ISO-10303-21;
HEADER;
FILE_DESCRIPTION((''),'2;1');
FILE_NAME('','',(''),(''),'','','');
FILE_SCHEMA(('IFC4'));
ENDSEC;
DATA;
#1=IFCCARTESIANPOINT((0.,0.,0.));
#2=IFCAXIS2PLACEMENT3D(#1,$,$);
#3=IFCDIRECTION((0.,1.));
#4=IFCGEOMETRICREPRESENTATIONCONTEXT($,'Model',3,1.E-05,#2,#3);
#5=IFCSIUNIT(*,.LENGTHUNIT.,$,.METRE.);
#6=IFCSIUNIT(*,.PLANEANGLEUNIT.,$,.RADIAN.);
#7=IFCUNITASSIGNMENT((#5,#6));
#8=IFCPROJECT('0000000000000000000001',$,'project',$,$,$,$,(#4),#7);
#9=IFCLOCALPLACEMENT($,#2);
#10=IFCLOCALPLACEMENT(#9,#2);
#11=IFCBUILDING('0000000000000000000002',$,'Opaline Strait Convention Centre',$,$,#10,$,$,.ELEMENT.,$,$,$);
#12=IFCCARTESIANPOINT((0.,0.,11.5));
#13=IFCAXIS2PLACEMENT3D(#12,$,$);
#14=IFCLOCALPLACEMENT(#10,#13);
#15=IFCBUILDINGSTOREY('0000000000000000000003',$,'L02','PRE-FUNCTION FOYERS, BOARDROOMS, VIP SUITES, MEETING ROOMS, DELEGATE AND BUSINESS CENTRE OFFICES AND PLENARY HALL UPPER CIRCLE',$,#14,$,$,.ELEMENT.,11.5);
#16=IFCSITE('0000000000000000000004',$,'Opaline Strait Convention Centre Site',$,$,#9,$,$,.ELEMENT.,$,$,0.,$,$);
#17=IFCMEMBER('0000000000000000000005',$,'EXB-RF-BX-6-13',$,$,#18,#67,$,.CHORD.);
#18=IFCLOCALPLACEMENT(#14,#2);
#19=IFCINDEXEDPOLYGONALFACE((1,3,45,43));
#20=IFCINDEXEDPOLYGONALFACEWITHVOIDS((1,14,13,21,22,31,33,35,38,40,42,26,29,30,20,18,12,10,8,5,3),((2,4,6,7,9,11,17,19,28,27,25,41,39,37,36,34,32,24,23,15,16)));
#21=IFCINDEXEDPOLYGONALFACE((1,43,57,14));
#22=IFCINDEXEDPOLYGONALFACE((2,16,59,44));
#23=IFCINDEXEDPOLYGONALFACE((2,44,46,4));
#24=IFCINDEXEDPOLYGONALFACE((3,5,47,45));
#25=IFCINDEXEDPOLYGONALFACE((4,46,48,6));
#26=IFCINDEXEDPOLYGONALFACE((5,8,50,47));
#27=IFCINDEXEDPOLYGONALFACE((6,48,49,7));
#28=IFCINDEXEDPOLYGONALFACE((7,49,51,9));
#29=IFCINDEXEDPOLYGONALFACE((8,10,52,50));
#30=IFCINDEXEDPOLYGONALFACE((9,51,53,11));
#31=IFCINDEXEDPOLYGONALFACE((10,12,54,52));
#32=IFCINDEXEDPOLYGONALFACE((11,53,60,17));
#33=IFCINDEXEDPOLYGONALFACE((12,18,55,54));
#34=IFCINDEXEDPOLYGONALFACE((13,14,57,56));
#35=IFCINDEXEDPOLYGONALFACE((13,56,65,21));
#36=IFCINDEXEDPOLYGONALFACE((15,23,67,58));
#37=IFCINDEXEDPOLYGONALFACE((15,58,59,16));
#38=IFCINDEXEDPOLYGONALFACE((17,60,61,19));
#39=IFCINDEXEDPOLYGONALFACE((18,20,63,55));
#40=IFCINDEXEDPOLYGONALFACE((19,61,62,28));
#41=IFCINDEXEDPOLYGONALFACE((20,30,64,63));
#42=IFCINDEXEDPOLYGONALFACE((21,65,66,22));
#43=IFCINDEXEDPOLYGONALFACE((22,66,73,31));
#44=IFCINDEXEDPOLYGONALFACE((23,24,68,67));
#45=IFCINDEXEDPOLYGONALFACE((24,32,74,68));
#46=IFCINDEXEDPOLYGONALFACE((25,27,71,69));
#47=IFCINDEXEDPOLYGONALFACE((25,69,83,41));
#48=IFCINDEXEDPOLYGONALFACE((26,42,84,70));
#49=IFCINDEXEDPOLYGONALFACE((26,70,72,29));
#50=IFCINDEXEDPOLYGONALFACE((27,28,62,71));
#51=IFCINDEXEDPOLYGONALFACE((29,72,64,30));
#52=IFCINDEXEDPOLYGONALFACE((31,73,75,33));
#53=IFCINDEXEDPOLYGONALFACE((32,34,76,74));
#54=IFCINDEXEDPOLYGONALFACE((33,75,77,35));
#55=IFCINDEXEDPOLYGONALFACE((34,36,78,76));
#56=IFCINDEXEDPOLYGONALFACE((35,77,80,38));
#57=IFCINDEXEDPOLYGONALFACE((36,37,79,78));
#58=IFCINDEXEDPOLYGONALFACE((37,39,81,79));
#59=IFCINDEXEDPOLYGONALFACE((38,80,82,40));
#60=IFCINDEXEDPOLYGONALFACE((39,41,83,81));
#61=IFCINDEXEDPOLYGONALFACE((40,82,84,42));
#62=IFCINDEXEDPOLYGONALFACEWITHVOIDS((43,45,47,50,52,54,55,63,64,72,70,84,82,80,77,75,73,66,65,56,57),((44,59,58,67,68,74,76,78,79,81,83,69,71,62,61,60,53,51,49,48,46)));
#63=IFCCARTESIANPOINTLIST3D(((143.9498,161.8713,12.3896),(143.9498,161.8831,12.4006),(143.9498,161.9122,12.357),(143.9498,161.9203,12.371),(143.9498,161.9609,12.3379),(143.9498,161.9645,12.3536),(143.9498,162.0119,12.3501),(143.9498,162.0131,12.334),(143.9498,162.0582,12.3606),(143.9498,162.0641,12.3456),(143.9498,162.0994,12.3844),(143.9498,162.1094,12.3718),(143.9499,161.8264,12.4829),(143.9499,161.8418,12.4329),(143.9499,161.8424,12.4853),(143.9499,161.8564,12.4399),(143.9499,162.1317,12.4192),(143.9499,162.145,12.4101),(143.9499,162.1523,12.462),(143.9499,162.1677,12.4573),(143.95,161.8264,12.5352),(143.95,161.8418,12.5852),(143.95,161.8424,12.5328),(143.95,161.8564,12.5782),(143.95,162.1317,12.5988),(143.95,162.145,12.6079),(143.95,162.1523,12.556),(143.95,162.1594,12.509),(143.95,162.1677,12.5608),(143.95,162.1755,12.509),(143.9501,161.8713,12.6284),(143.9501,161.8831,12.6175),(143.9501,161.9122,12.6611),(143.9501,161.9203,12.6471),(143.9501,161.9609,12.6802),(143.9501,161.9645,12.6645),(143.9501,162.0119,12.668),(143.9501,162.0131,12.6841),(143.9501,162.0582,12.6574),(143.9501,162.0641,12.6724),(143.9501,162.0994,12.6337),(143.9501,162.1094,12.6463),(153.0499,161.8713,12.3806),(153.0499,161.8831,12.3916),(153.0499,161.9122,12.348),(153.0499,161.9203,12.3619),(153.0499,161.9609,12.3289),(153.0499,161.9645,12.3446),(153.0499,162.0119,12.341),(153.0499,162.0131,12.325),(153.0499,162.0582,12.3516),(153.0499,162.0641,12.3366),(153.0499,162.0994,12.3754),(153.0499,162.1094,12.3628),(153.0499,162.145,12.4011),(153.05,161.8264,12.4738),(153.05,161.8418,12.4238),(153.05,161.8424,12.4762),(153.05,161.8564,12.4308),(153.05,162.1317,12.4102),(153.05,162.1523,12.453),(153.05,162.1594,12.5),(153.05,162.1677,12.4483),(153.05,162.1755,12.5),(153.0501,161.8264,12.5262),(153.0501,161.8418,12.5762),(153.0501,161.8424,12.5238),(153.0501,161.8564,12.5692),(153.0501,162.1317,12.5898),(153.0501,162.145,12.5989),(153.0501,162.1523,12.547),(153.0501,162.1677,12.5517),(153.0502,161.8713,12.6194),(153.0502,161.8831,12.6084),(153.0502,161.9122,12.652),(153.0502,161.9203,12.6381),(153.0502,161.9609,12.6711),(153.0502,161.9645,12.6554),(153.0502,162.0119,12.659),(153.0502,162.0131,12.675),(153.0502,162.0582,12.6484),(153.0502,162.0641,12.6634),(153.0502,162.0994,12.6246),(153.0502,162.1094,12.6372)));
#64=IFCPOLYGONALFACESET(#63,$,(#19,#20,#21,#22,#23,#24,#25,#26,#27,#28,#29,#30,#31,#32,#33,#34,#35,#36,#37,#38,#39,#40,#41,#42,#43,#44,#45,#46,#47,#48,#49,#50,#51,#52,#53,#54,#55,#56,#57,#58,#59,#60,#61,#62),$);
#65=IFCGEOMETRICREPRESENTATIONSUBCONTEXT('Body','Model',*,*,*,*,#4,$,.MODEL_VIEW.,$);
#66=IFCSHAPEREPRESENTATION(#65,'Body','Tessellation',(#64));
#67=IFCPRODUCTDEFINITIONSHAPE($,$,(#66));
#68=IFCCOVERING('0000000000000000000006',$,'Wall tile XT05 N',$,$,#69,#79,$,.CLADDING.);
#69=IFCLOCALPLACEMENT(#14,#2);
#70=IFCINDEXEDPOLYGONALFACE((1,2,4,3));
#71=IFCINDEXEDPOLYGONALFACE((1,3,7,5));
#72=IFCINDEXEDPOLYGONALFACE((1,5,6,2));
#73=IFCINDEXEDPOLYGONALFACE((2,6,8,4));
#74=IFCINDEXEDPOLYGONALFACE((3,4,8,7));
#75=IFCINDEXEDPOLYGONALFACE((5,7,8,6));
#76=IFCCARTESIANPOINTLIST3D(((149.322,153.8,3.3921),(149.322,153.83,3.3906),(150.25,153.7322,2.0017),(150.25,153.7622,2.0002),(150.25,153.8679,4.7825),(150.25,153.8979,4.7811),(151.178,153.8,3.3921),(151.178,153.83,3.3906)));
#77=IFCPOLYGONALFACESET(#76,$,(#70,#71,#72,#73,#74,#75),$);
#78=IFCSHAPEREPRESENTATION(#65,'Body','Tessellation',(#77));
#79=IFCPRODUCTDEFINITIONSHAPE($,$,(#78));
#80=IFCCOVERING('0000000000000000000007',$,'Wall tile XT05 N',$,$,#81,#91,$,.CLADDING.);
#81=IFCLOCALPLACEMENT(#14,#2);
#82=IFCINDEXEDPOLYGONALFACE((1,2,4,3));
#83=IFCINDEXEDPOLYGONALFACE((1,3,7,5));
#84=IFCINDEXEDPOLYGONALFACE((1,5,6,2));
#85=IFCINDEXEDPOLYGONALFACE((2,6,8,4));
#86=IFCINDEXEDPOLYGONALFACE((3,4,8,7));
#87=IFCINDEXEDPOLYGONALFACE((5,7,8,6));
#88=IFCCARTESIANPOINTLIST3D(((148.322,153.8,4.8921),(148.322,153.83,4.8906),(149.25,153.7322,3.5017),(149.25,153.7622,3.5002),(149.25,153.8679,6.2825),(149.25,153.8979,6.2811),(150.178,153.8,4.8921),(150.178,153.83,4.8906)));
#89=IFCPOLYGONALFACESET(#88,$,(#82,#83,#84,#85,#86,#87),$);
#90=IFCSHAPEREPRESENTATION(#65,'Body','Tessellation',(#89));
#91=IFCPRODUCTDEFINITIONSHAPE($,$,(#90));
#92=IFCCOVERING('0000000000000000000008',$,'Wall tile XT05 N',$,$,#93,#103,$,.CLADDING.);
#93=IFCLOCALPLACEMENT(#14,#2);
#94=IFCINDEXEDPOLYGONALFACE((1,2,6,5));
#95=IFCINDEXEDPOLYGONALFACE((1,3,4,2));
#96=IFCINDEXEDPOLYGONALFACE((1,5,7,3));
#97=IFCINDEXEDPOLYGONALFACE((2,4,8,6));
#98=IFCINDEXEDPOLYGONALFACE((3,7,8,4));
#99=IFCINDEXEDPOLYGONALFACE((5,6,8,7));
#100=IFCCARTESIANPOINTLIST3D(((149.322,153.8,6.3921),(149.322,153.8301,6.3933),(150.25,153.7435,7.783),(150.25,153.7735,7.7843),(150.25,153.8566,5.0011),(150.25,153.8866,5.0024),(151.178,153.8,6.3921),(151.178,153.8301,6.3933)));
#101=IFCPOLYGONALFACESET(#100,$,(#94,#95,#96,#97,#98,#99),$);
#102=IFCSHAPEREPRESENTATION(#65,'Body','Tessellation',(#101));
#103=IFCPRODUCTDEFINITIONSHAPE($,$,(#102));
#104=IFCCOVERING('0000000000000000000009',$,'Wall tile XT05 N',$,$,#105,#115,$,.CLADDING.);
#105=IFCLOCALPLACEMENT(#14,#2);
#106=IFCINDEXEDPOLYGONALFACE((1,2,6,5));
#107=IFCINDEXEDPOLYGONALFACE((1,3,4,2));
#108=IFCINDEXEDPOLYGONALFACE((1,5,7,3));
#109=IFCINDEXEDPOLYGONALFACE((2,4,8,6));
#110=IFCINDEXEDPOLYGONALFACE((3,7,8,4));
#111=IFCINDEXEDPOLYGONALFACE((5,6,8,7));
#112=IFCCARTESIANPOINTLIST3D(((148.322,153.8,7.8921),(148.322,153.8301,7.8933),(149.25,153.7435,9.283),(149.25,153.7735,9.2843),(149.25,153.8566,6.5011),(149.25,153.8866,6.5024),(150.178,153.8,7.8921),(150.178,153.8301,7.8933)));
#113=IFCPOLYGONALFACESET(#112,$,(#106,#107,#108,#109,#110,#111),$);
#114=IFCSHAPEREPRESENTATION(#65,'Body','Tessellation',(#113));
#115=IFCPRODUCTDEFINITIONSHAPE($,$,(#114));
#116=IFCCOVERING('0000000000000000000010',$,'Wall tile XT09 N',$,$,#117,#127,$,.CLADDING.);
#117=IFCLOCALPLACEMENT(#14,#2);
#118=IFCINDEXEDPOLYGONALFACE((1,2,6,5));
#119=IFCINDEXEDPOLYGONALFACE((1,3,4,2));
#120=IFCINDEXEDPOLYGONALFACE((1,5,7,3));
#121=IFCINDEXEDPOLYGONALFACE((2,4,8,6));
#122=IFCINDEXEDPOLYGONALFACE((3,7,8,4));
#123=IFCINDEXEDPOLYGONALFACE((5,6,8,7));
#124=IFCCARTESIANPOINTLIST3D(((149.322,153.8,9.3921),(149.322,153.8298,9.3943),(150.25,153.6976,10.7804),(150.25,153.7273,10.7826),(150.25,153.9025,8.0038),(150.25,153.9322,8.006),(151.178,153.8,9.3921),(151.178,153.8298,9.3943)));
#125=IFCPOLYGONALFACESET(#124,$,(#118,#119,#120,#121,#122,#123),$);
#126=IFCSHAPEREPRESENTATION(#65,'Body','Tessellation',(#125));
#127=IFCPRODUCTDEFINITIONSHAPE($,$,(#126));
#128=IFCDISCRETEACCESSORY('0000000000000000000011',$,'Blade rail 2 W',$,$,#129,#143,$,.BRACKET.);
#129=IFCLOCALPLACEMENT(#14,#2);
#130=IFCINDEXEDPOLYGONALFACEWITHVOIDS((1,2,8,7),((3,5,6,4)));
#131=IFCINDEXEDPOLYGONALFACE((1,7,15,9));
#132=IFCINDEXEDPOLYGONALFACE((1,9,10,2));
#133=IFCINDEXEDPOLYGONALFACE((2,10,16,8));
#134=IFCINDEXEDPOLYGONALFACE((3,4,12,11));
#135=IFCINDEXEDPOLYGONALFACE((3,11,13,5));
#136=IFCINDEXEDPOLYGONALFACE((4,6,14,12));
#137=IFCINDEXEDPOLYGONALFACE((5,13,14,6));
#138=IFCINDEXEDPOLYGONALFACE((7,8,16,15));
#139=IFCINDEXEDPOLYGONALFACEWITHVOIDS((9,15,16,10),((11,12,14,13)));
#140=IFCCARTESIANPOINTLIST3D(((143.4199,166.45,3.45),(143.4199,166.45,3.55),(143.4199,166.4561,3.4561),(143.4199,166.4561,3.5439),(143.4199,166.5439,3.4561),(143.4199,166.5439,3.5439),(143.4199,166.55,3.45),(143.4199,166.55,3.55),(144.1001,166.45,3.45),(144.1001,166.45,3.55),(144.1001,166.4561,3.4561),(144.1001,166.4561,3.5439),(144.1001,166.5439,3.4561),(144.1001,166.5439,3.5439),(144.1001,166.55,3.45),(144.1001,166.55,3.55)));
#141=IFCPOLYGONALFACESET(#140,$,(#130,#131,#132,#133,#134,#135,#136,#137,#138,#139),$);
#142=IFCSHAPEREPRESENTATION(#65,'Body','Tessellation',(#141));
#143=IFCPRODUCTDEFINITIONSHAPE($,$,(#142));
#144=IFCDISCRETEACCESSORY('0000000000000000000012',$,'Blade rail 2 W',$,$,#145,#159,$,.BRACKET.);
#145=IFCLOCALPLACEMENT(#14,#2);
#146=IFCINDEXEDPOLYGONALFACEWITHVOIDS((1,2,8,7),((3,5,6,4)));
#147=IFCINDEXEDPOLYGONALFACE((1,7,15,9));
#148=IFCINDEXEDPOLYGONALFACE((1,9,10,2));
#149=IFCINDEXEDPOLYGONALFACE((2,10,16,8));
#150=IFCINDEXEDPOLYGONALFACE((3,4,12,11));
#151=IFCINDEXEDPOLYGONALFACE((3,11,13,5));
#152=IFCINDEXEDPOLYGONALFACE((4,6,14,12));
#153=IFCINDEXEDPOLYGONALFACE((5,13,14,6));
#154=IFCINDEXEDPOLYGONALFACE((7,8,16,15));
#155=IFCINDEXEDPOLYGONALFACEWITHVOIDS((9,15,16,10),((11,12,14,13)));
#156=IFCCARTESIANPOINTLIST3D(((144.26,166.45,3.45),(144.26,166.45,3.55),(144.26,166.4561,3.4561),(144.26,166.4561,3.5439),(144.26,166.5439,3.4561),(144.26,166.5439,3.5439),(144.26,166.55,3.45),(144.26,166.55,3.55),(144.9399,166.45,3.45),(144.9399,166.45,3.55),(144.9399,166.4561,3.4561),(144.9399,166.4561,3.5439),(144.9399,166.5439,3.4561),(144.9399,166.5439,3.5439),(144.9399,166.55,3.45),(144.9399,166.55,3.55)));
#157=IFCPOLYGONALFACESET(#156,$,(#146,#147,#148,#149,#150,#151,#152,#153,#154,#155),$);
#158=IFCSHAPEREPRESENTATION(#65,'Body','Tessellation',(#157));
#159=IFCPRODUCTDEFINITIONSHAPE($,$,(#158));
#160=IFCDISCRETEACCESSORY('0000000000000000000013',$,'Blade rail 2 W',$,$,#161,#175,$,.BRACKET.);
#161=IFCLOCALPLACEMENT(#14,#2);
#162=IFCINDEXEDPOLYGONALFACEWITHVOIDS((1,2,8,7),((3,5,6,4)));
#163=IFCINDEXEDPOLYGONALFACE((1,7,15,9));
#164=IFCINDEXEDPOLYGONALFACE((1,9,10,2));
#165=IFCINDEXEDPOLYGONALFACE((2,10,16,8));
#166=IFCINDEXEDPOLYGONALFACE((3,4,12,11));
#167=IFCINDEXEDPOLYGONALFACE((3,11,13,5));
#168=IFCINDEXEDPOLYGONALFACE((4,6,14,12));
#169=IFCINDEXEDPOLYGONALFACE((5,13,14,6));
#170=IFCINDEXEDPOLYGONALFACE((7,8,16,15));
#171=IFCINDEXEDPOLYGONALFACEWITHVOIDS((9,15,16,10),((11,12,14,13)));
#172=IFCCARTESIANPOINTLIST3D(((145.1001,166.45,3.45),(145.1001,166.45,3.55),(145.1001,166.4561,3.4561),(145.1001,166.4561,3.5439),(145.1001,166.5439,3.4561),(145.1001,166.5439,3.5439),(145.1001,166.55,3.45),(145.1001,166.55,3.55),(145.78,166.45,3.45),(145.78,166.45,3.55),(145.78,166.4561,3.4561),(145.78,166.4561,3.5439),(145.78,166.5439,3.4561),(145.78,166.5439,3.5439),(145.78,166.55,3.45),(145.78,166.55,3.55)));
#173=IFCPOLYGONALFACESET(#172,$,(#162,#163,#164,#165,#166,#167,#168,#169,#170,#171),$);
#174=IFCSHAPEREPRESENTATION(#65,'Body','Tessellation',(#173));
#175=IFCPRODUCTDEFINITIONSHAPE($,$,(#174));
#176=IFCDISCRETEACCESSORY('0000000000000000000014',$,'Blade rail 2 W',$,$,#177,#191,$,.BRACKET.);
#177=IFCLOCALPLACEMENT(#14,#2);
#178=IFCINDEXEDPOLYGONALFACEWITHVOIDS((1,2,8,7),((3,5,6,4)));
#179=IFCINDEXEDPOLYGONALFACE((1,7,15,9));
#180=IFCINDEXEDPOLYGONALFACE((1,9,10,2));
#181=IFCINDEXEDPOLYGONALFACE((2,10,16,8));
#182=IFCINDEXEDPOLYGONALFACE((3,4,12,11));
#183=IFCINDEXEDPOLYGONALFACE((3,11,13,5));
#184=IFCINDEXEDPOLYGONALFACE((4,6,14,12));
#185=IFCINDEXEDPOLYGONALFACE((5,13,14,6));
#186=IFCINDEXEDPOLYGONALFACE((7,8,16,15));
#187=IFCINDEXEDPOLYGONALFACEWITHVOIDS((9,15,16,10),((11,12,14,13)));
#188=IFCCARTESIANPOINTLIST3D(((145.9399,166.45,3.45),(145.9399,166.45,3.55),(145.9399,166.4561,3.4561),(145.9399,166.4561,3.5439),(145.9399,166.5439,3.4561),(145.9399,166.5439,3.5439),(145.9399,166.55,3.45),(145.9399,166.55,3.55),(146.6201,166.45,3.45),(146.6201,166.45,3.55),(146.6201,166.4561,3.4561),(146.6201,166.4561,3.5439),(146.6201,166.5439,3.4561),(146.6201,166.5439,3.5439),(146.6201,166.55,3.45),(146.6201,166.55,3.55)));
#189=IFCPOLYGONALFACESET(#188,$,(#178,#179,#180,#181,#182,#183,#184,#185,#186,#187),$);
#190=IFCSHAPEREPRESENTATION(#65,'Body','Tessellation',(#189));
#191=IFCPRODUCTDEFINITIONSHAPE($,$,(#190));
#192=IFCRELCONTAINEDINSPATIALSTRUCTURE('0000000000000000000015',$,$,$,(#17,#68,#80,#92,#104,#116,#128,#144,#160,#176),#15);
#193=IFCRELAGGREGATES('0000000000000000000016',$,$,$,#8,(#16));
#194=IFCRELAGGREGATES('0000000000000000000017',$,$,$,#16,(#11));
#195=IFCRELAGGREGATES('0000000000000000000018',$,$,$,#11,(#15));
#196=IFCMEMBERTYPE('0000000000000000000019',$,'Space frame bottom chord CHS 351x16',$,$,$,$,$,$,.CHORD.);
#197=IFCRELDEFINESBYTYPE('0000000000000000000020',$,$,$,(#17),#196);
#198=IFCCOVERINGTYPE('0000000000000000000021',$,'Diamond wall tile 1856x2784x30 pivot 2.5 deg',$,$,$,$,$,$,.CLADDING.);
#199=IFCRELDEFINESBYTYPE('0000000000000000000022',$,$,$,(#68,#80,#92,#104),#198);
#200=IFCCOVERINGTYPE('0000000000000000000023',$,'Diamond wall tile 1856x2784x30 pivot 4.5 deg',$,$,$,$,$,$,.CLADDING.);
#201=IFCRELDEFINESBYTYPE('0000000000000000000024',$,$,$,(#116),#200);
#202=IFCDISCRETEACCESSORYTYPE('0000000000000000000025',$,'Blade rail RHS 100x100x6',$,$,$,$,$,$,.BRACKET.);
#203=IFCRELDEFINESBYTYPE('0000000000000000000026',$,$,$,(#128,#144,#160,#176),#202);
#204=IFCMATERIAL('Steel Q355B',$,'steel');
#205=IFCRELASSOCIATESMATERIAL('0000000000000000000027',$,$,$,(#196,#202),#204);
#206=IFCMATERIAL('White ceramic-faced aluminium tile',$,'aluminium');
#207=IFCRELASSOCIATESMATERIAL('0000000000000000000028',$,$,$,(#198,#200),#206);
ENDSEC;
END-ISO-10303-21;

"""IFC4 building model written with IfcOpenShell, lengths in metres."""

from ifc_helpers import new_model, si_unit, direction, frame, origin, origin_2d, place, context, subcontext, project, spatial, polyline, hollow_rectangle, hollow_circle, outline, extrude, material, material_profile, profile_set, type_object, element, save


model = new_model("IFC4")

# Units and contexts
model_context = context("Model", 3, precision=1e-05, world=origin(), true_north=direction((0.0, 1.0)))
body_context = subcontext(model_context, "Body", "Model", "MODEL_VIEW")
ifc_project = project(units=[si_unit("LENGTHUNIT", "METRE"), si_unit("PLANEANGLEUNIT", "RADIAN")], contexts=[model_context])

# Site, building, storey
site_placement = place(None, origin())
site = spatial("IfcSite", under=ifc_project, at=site_placement, Name="Opaline Strait Convention Centre Site", CompositionType="ELEMENT", RefElevation=0.0)
building_placement = place(site_placement, origin())
building = spatial("IfcBuilding", under=site, at=building_placement, Name="Opaline Strait Convention Centre", CompositionType="ELEMENT")
storey_placement = place(building_placement, frame((0.0, 0.0, 11.5)))
storey = spatial("IfcBuildingStorey", under=building, at=storey_placement, Name="L02", Description="PRE-FUNCTION FOYERS, BOARDROOMS, VIP SUITES, MEETING ROOMS, DELEGATE AND BUSINESS CENTRE OFFICES AND PLENARY HALL UPPER CIRCLE", CompositionType="ELEMENT", Elevation=11.5)

# Member
ifc_material_1 = material(Name="Steel Q355B", Category="steel")
ifc_material_profile_1 = material_profile(ifc_material_1, hollow_circle(Radius=0.1755, WallThickness=0.0161, at=origin_2d()), Name="CHS 351x16")
ifc_profile_set_1 = profile_set([ifc_material_profile_1], Name="Steel Q355B")
member_type = type_object("IfcMemberType", Name="Space frame bottom chord CHS 351x16", PredefinedType="CHORD", material=ifc_profile_set_1)
member_placement = place(storey_placement, frame((143.95, 162.0, 12.509), z_axis=(1.0, 0.0, -0.000993), x_axis=(0.0, 1.0, 0.0)))
element("IfcMember", 1, at=member_placement, inside=storey, type_object=member_type, Name="EXB-RF-BX-6-13", PredefinedType="CHORD", context=body_context, shape_type="SweptSolid", body=[
    extrude(hollow_circle(Radius=0.1755, WallThickness=0.0161, at=origin_2d()), origin(), (0.0, 0.0, 1.0), 9.1001),
])

# Coverings
ifc_material_2 = material(Name="White ceramic-faced aluminium tile", Category="aluminium")
ifc_material_profile_2 = material_profile(ifc_material_2, outline(polyline([(0.928, 0.0), (0.0, 1.3921), (-0.928, 0.0), (0.0, -1.3921), (0.928, 0.0)])), Name="Diamond tile 1856x2784")
ifc_profile_set_2 = profile_set([ifc_material_profile_2], Name="White ceramic-faced aluminium tile")
covering_type_1 = type_object("IfcCoveringType", Name="Diamond wall tile 1856x2784x30 pivot 2.5 deg", PredefinedType="CLADDING", material=ifc_profile_set_2)
for number, where, z_axis, x_axis, name in (
    (2, (150.25, 153.8, 3.3921), (0.0, 0.998812, -0.048723), (-1.0, 0.0, 0.0), "Wall tile XT05 N"),
    (3, (149.25, 153.8, 4.8921), (0.0, 0.998812, -0.048723), (-1.0, 0.0, 0.0), "Wall tile XT05 N"),
    (4, (150.25, 153.8, 6.3921), (0.0, 0.999175, 0.040617), (-1.0, 0.0, 0.0), "Wall tile XT05 N"),
    (5, (149.25, 153.8, 7.8921), (0.0, 0.999175, 0.040617), (-1.0, 0.0, 0.0), "Wall tile XT05 N"),
):
    element("IfcCovering", number, at=place(storey_placement, frame(where, z_axis=z_axis, x_axis=x_axis)), inside=storey, type_object=covering_type_1, Name=name, PredefinedType="CLADDING", context=body_context, shape_type="SweptSolid", body=[
        extrude(outline(polyline([(0.928, 0.0), (0.0, 1.3921), (-0.928, 0.0), (0.0, -1.3921), (0.928, 0.0)])), origin(), (0.0, 0.0, 1.0), 0.03),
    ])
ifc_material_profile_3 = material_profile(ifc_material_2, outline(polyline([(0.928, 0.0), (0.0, 1.3921), (-0.928, 0.0), (0.0, -1.3921), (0.928, 0.0)])), Name="Diamond tile 1856x2784")
ifc_profile_set_3 = profile_set([ifc_material_profile_3], Name="White ceramic-faced aluminium tile")
covering_type_2 = type_object("IfcCoveringType", Name="Diamond wall tile 1856x2784x30 pivot 4.5 deg", PredefinedType="CLADDING", material=ifc_profile_set_3)
covering_placement = place(storey_placement, frame((150.25, 153.8, 9.3921), z_axis=(0.0, 0.99729, 0.073571), x_axis=(-1.0, 0.0, 0.0)))
element("IfcCovering", 6, at=covering_placement, inside=storey, type_object=covering_type_2, Name="Wall tile XT09 N", PredefinedType="CLADDING", context=body_context, shape_type="SweptSolid", body=[
    extrude(outline(polyline([(0.928, 0.0), (0.0, 1.3921), (-0.928, 0.0), (0.0, -1.3921), (0.928, 0.0)])), origin(), (0.0, 0.0, 1.0), 0.0298),
])

# Discrete accessories
ifc_material_profile_4 = material_profile(ifc_material_1, hollow_rectangle(XDim=0.1001, YDim=0.1001, WallThickness=0.0061, at=origin_2d()), Name="RHS 100x100x6")
ifc_profile_set_4 = profile_set([ifc_material_profile_4], Name="Steel Q355B")
discrete_accessory_type = type_object("IfcDiscreteAccessoryType", Name="Blade rail RHS 100x100x6", PredefinedType="BRACKET", material=ifc_profile_set_4)
discrete_accessory_1_placement = place(storey_placement, frame((143.4199, 166.5, 3.5), z_axis=(1.0, 0.0, 0.0), x_axis=(0.0, 1.0, 0.0)))
element("IfcDiscreteAccessory", 7, at=discrete_accessory_1_placement, inside=storey, type_object=discrete_accessory_type, Name="Blade rail 2 W", PredefinedType="BRACKET", context=body_context, shape_type="SweptSolid", body=[
    extrude(hollow_rectangle(XDim=0.1001, YDim=0.1001, WallThickness=0.0061, at=origin_2d()), origin(), (0.0, 0.0, 1.0), 0.6802),
])
for number, where, z_axis, x_axis, name in (
    (8, (144.26, 166.5, 3.5), (1.0, 0.0, 0.0), (0.0, 1.0, 0.0), "Blade rail 2 W"),
    (9, (145.1001, 166.5, 3.5), (1.0, 0.0, 0.0), (0.0, 1.0, 0.0), "Blade rail 2 W"),
):
    element("IfcDiscreteAccessory", number, at=place(storey_placement, frame(where, z_axis=z_axis, x_axis=x_axis)), inside=storey, type_object=discrete_accessory_type, Name=name, PredefinedType="BRACKET", context=body_context, shape_type="SweptSolid", body=[
        extrude(hollow_rectangle(XDim=0.1001, YDim=0.1001, WallThickness=0.0061, at=origin_2d()), origin(), (0.0, 0.0, 1.0), 0.6799),
    ])
discrete_accessory_2_placement = place(storey_placement, frame((145.9399, 166.5, 3.5), z_axis=(1.0, 0.0, 0.0), x_axis=(0.0, 1.0, 0.0)))
element("IfcDiscreteAccessory", 10, at=discrete_accessory_2_placement, inside=storey, type_object=discrete_accessory_type, Name="Blade rail 2 W", PredefinedType="BRACKET", context=body_context, shape_type="SweptSolid", body=[
    extrude(hollow_rectangle(XDim=0.1001, YDim=0.1001, WallThickness=0.0061, at=origin_2d()), origin(), (0.0, 0.0, 1.0), 0.6802),
])

save(model, "model.ifc")
